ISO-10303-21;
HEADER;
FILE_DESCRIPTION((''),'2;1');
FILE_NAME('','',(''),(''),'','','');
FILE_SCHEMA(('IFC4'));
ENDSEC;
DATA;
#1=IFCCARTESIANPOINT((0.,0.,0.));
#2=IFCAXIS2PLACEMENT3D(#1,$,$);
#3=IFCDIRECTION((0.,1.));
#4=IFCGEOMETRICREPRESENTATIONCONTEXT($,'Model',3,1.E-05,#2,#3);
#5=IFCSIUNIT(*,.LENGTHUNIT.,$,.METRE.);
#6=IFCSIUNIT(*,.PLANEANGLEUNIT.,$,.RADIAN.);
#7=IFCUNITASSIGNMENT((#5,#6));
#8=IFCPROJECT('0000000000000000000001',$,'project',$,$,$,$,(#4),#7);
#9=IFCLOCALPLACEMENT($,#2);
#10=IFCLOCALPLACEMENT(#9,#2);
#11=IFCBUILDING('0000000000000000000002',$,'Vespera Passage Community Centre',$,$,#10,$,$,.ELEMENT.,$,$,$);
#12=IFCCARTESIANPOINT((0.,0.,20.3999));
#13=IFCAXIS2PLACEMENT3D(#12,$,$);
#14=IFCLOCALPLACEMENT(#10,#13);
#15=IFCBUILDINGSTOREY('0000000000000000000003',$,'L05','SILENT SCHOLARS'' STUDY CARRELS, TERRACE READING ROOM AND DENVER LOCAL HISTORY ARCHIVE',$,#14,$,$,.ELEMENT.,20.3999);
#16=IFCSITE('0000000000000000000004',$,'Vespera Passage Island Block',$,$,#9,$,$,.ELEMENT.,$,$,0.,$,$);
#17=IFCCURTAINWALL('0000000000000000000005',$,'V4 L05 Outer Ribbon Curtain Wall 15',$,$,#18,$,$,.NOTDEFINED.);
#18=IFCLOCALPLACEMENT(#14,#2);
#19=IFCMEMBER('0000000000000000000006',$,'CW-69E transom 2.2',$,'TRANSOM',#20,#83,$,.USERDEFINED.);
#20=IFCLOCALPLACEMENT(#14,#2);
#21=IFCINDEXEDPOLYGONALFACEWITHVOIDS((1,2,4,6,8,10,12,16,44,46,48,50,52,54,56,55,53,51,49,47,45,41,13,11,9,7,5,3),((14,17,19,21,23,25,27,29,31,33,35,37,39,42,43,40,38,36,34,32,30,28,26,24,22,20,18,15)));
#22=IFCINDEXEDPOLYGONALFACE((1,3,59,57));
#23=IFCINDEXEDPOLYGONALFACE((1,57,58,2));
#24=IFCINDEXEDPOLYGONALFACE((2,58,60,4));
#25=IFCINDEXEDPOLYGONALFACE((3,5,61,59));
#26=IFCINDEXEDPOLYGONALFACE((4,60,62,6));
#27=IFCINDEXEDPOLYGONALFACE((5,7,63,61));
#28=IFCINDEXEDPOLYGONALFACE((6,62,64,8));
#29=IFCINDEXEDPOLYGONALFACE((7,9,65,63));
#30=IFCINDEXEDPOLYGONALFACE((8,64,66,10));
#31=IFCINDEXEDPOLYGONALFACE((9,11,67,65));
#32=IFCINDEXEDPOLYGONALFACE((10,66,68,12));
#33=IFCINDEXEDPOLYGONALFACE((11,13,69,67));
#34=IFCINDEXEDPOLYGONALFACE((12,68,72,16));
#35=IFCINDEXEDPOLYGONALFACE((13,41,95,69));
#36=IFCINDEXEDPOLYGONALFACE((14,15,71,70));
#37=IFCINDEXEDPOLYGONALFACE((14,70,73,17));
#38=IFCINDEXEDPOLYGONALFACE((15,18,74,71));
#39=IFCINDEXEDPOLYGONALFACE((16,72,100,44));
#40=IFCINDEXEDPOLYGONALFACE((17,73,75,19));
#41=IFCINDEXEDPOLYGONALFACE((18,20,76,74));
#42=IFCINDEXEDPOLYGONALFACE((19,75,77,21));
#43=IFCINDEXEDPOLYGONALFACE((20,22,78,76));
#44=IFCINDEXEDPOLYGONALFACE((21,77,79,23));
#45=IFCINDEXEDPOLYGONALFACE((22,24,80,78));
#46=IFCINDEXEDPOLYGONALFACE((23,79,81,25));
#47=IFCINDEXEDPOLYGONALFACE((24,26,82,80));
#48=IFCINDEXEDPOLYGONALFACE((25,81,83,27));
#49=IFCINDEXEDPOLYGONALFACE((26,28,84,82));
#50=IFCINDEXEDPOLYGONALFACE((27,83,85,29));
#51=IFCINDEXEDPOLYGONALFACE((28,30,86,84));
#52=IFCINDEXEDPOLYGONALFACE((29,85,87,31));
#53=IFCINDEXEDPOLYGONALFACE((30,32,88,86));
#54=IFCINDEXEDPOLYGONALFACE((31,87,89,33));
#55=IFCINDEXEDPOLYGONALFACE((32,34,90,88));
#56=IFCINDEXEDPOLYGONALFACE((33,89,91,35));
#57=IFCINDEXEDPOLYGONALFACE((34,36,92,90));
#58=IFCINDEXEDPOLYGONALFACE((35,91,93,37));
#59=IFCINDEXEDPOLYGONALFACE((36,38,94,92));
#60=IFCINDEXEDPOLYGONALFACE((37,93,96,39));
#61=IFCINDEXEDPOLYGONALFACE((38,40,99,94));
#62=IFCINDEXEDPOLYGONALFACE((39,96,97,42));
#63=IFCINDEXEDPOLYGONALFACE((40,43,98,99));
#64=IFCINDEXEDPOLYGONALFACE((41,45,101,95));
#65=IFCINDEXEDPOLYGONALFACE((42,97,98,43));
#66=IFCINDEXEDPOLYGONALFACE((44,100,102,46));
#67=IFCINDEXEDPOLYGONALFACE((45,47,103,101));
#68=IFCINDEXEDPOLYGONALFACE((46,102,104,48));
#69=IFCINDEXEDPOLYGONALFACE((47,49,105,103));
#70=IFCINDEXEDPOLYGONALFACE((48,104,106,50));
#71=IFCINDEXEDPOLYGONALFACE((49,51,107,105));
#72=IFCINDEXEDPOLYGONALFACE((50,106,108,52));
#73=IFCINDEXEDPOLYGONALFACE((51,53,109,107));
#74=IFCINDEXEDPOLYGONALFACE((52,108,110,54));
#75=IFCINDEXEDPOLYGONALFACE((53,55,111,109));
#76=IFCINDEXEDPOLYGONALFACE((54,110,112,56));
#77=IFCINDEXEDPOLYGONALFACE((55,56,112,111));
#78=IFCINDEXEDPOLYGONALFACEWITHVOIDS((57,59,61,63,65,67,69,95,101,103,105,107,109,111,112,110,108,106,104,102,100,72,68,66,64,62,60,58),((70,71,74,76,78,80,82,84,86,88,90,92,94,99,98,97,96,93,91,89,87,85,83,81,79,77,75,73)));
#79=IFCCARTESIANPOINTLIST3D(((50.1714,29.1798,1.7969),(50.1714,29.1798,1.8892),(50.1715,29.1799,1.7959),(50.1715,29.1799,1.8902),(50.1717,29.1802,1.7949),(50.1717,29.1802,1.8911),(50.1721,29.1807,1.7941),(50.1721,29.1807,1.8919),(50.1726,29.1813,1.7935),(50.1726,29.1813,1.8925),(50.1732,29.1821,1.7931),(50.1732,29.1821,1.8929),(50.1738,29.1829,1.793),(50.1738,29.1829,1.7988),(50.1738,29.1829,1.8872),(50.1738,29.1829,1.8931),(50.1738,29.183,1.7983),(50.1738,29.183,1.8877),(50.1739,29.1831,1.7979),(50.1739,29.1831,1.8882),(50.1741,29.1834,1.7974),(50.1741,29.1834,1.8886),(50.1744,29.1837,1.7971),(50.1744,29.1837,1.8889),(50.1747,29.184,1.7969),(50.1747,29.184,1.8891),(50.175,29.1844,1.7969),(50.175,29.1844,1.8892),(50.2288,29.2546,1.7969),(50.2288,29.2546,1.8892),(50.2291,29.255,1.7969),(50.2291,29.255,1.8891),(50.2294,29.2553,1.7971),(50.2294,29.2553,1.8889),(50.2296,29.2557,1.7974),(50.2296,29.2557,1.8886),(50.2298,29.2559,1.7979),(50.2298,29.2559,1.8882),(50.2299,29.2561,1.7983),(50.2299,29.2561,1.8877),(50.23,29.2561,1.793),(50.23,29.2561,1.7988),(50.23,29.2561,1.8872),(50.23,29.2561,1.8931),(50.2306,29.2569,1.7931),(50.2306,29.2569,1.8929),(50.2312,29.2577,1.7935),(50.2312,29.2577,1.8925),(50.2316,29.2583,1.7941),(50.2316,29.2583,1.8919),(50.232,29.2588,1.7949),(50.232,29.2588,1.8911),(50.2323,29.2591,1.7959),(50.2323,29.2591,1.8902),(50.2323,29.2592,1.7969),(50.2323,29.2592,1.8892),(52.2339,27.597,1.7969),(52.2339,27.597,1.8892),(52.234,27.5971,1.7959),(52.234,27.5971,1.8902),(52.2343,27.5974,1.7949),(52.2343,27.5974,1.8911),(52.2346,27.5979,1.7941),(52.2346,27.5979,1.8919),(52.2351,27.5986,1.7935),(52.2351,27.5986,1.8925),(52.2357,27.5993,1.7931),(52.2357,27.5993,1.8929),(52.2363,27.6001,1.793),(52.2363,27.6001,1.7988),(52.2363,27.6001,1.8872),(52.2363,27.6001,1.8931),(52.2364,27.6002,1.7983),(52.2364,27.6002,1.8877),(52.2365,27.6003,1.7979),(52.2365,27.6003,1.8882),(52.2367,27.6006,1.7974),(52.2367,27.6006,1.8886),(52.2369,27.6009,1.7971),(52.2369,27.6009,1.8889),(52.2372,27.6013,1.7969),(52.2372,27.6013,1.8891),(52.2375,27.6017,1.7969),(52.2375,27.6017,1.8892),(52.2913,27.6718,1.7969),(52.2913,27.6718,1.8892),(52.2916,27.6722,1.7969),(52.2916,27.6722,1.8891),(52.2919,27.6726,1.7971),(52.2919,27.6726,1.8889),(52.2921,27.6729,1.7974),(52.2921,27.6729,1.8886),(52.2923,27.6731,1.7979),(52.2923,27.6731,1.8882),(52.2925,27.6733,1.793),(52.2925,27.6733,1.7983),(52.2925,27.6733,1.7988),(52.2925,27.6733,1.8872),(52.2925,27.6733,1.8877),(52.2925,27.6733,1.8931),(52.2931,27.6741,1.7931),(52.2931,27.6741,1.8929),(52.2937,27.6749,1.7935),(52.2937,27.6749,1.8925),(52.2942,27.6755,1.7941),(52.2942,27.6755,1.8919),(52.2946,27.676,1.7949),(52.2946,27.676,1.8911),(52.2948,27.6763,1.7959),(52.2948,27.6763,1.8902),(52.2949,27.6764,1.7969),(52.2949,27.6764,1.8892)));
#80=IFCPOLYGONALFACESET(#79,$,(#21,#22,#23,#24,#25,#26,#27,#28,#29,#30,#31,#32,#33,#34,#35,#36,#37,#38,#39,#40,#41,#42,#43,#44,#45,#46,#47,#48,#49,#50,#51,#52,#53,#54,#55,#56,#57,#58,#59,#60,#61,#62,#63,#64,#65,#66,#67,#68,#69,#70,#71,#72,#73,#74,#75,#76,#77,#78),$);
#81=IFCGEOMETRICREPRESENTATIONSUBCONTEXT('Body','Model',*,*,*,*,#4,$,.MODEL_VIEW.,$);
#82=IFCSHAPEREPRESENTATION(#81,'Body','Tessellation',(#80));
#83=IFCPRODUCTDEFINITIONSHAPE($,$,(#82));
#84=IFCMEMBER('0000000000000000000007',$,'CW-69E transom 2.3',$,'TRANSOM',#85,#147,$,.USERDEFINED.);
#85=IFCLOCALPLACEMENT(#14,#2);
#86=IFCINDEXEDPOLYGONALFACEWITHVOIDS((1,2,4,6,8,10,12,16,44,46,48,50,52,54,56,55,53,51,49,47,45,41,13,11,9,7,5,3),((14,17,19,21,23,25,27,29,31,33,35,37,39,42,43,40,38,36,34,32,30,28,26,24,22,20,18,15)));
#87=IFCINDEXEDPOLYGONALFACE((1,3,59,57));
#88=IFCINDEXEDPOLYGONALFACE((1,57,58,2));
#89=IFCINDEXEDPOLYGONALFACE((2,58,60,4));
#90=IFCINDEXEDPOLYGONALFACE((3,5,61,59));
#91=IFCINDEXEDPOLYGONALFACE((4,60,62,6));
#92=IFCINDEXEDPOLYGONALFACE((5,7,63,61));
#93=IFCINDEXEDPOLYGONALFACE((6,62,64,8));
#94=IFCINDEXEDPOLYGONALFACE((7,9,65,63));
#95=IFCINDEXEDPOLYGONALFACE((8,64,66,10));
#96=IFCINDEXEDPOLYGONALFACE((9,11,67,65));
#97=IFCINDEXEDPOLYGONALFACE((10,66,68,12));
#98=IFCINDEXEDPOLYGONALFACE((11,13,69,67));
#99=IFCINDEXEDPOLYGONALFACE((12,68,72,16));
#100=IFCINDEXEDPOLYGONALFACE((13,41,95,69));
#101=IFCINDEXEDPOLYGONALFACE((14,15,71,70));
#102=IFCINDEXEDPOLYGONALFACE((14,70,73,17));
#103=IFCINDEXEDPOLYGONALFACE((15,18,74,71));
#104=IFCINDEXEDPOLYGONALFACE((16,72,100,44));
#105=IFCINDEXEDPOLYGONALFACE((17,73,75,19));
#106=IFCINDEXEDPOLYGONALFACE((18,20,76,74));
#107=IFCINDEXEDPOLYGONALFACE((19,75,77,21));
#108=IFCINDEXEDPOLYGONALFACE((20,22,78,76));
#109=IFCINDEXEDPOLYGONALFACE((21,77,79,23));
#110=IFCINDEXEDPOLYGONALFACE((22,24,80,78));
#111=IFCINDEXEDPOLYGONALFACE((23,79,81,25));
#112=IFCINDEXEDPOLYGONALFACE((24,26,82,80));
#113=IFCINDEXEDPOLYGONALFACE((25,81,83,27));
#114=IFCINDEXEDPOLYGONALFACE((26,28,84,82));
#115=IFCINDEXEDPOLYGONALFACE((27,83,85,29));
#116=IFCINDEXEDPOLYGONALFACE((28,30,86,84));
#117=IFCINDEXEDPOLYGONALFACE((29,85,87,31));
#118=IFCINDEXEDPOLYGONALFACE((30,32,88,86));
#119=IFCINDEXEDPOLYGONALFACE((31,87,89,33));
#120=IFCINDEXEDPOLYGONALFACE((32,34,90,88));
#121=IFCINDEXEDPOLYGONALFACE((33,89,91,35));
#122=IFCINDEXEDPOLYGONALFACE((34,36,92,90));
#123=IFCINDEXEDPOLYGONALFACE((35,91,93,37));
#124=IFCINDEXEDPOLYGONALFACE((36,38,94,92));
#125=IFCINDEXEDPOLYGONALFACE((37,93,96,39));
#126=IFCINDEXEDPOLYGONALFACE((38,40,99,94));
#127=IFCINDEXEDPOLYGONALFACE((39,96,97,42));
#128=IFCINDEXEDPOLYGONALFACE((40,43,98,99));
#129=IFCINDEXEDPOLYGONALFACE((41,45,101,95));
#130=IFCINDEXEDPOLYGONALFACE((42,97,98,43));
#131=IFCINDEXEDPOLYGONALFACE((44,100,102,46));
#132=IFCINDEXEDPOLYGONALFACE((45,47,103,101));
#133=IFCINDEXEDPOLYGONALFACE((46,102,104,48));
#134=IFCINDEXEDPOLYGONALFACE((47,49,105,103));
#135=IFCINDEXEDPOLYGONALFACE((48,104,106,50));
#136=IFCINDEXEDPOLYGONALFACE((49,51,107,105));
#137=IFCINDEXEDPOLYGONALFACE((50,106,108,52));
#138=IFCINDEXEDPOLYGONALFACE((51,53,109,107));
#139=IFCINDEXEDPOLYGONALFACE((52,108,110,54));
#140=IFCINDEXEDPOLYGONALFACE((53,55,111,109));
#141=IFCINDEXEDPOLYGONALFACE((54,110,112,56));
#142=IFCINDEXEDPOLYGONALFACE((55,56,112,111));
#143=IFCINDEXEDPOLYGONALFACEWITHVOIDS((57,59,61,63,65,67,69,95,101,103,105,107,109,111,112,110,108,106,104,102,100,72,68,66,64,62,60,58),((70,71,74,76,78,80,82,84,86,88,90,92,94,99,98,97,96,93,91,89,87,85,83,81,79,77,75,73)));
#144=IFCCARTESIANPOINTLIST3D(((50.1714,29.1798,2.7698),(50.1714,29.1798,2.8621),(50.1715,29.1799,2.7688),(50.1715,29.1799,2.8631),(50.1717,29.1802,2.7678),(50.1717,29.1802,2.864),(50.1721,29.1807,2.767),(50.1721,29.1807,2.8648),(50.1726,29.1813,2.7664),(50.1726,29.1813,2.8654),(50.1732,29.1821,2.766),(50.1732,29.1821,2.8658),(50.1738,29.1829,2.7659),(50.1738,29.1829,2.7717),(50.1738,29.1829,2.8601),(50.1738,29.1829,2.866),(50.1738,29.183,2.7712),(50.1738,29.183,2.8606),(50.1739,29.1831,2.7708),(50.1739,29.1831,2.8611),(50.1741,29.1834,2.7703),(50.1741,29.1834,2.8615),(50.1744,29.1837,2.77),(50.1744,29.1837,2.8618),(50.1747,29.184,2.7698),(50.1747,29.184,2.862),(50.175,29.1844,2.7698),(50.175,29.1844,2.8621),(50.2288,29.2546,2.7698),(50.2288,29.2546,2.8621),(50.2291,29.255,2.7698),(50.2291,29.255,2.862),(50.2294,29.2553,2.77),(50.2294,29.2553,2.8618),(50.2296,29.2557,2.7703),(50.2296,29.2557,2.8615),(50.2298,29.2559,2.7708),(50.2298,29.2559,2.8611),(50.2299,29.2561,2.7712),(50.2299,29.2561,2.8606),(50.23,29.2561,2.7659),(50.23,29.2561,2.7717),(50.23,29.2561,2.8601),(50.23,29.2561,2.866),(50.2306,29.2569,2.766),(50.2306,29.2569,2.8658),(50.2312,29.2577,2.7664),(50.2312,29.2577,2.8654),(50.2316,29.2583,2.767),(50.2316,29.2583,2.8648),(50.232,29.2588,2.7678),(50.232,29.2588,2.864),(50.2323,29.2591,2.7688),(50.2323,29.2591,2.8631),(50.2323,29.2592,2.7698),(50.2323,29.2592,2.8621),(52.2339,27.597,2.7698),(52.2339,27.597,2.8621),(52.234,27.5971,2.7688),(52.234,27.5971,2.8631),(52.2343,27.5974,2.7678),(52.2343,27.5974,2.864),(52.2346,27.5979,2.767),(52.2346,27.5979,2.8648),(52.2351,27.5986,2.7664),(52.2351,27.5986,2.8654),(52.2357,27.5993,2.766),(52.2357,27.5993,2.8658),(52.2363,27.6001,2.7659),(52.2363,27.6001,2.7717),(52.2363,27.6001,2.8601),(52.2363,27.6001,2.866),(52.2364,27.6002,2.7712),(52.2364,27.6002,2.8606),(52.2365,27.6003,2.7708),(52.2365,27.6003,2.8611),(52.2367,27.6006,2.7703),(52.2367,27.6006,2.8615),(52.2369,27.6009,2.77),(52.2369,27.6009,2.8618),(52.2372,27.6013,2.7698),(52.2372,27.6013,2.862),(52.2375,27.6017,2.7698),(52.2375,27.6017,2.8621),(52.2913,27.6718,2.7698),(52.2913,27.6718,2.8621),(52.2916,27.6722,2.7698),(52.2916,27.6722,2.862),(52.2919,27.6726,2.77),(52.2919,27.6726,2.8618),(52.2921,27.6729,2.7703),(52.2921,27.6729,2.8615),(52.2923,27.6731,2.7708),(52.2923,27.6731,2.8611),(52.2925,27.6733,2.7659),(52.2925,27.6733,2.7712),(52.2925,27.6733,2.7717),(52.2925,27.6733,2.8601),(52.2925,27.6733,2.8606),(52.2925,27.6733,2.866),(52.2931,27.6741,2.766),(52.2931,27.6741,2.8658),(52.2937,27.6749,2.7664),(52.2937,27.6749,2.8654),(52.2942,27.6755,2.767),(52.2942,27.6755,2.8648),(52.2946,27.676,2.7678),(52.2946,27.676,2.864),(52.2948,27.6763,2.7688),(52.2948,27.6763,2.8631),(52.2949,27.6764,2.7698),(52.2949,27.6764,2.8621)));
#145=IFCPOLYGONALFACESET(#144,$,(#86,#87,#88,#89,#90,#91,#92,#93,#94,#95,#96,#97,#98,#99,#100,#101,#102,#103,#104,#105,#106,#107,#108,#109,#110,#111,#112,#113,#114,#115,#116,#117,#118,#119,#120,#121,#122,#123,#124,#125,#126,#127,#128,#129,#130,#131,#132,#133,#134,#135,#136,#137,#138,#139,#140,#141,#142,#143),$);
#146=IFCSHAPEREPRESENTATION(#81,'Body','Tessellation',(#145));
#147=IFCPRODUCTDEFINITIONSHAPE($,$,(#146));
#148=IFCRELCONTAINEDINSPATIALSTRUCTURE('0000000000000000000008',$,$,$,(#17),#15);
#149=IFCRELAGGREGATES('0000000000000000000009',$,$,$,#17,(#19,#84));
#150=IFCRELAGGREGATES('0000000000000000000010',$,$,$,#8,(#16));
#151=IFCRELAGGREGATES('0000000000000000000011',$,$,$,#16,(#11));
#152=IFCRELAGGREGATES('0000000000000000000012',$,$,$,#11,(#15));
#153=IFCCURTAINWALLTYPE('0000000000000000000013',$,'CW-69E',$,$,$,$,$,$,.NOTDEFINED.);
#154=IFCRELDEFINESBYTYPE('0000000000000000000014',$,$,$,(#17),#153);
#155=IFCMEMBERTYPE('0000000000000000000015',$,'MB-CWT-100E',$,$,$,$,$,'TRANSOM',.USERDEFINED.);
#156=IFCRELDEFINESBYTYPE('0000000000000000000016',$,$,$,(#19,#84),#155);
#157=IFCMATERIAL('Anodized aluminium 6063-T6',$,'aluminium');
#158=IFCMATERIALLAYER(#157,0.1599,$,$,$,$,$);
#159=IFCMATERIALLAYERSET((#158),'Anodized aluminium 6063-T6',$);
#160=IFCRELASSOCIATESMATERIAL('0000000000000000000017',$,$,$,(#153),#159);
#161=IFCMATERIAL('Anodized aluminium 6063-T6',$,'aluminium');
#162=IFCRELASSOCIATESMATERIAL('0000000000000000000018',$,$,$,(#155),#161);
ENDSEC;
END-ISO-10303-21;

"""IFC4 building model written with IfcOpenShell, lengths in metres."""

from ifc_helpers import new_model, si_unit, direction, frame, origin, origin_2d, place, context, subcontext, project, spatial, hollow_rectangle, extrude, material, layer, layer_set, material_profile, profile_set, type_object, element, aggregate, save


model = new_model("IFC4")

# Units and contexts
model_context = context("Model", 3, precision=1e-05, world=origin(), true_north=direction((0.0, 1.0)))
body_context = subcontext(model_context, "Body", "Model", "MODEL_VIEW")
ifc_project = project(units=[si_unit("LENGTHUNIT", "METRE"), si_unit("PLANEANGLEUNIT", "RADIAN")], contexts=[model_context])

# Site, building, storey
site_placement = place(None, origin())
site = spatial("IfcSite", under=ifc_project, at=site_placement, Name="Vespera Passage Island Block", CompositionType="ELEMENT", RefElevation=0.0)
building_placement = place(site_placement, origin())
building = spatial("IfcBuilding", under=site, at=building_placement, Name="Vespera Passage Community Centre", CompositionType="ELEMENT")
storey_placement = place(building_placement, frame((0.0, 0.0, 20.3999)))
storey = spatial("IfcBuildingStorey", under=building, at=storey_placement, Name="L05", Description="SILENT SCHOLARS' STUDY CARRELS, TERRACE READING ROOM AND DENVER LOCAL HISTORY ARCHIVE", CompositionType="ELEMENT", Elevation=20.3999)

# Curtain wall, members
ifc_material_1 = material(Name="Anodized aluminium 6063-T6", Category="aluminium")
ifc_layer_1 = layer(ifc_material_1, 0.1599)
ifc_layer_set_1 = layer_set([ifc_layer_1], Name="Anodized aluminium 6063-T6")
curtain_wall_type = type_object("IfcCurtainWallType", Name="CW-69E", PredefinedType="NOTDEFINED", material=ifc_layer_set_1)
curtain_wall_placement = place(storey_placement, origin())
curtain_wall = element("IfcCurtainWall", 1, at=curtain_wall_placement, inside=storey, type_object=curtain_wall_type, Name="V4 L05 Outer Ribbon Curtain Wall 15", PredefinedType="NOTDEFINED")
ifc_material_2 = material(Name="Anodized aluminium 6063-T6", Category="aluminium")
ifc_material_profile_1 = material_profile(ifc_material_2, hollow_rectangle(XDim=0.1001, YDim=0.1001, WallThickness=0.0039, InnerFilletRadius=0.002, OuterFilletRadius=0.0039, at=origin_2d()), Name="ALU100X100X4")
ifc_profile_set_1 = profile_set([ifc_material_profile_1], Name="Anodized aluminium 6063-T6")
member_type_1 = type_object("IfcMemberType", Name="MB-CWT-100E", ElementType="TRANSOM", PredefinedType="USERDEFINED", material=ifc_profile_set_1)
member_1_placement = place(storey_placement, frame((52.2644, 27.6367, 1.843), z_axis=(-0.793325, 0.608798, 0.0), x_axis=(-0.608798, -0.793325, 0.0)))
member_1 = element("IfcMember", 2, at=member_1_placement, type_object=member_type_1, Name="CW-69E transom 2.2", ObjectType="TRANSOM", PredefinedType="USERDEFINED", context=body_context, shape_type="SweptSolid", body=[
    extrude(hollow_rectangle(XDim=0.1001, YDim=0.1001, WallThickness=0.0039, InnerFilletRadius=0.002, OuterFilletRadius=0.0039, at=origin_2d()), origin(), (0.0, 0.0, 1.0), 2.5999),
])
member_2_placement = place(storey_placement, frame((52.2644, 27.6367, 2.8159), z_axis=(-0.793325, 0.608798, 0.0), x_axis=(-0.608798, -0.793325, 0.0)))
member_2 = element("IfcMember", 3, at=member_2_placement, type_object=member_type_1, Name="CW-69E transom 2.3", ObjectType="TRANSOM", PredefinedType="USERDEFINED", context=body_context, shape_type="SweptSolid", body=[
    extrude(hollow_rectangle(XDim=0.1001, YDim=0.1001, WallThickness=0.0039, InnerFilletRadius=0.002, OuterFilletRadius=0.0039, at=origin_2d()), origin(), (0.0, 0.0, 1.0), 2.5999),
])
aggregate(curtain_wall, [member_1, member_2])

save(model, "model.ifc")
